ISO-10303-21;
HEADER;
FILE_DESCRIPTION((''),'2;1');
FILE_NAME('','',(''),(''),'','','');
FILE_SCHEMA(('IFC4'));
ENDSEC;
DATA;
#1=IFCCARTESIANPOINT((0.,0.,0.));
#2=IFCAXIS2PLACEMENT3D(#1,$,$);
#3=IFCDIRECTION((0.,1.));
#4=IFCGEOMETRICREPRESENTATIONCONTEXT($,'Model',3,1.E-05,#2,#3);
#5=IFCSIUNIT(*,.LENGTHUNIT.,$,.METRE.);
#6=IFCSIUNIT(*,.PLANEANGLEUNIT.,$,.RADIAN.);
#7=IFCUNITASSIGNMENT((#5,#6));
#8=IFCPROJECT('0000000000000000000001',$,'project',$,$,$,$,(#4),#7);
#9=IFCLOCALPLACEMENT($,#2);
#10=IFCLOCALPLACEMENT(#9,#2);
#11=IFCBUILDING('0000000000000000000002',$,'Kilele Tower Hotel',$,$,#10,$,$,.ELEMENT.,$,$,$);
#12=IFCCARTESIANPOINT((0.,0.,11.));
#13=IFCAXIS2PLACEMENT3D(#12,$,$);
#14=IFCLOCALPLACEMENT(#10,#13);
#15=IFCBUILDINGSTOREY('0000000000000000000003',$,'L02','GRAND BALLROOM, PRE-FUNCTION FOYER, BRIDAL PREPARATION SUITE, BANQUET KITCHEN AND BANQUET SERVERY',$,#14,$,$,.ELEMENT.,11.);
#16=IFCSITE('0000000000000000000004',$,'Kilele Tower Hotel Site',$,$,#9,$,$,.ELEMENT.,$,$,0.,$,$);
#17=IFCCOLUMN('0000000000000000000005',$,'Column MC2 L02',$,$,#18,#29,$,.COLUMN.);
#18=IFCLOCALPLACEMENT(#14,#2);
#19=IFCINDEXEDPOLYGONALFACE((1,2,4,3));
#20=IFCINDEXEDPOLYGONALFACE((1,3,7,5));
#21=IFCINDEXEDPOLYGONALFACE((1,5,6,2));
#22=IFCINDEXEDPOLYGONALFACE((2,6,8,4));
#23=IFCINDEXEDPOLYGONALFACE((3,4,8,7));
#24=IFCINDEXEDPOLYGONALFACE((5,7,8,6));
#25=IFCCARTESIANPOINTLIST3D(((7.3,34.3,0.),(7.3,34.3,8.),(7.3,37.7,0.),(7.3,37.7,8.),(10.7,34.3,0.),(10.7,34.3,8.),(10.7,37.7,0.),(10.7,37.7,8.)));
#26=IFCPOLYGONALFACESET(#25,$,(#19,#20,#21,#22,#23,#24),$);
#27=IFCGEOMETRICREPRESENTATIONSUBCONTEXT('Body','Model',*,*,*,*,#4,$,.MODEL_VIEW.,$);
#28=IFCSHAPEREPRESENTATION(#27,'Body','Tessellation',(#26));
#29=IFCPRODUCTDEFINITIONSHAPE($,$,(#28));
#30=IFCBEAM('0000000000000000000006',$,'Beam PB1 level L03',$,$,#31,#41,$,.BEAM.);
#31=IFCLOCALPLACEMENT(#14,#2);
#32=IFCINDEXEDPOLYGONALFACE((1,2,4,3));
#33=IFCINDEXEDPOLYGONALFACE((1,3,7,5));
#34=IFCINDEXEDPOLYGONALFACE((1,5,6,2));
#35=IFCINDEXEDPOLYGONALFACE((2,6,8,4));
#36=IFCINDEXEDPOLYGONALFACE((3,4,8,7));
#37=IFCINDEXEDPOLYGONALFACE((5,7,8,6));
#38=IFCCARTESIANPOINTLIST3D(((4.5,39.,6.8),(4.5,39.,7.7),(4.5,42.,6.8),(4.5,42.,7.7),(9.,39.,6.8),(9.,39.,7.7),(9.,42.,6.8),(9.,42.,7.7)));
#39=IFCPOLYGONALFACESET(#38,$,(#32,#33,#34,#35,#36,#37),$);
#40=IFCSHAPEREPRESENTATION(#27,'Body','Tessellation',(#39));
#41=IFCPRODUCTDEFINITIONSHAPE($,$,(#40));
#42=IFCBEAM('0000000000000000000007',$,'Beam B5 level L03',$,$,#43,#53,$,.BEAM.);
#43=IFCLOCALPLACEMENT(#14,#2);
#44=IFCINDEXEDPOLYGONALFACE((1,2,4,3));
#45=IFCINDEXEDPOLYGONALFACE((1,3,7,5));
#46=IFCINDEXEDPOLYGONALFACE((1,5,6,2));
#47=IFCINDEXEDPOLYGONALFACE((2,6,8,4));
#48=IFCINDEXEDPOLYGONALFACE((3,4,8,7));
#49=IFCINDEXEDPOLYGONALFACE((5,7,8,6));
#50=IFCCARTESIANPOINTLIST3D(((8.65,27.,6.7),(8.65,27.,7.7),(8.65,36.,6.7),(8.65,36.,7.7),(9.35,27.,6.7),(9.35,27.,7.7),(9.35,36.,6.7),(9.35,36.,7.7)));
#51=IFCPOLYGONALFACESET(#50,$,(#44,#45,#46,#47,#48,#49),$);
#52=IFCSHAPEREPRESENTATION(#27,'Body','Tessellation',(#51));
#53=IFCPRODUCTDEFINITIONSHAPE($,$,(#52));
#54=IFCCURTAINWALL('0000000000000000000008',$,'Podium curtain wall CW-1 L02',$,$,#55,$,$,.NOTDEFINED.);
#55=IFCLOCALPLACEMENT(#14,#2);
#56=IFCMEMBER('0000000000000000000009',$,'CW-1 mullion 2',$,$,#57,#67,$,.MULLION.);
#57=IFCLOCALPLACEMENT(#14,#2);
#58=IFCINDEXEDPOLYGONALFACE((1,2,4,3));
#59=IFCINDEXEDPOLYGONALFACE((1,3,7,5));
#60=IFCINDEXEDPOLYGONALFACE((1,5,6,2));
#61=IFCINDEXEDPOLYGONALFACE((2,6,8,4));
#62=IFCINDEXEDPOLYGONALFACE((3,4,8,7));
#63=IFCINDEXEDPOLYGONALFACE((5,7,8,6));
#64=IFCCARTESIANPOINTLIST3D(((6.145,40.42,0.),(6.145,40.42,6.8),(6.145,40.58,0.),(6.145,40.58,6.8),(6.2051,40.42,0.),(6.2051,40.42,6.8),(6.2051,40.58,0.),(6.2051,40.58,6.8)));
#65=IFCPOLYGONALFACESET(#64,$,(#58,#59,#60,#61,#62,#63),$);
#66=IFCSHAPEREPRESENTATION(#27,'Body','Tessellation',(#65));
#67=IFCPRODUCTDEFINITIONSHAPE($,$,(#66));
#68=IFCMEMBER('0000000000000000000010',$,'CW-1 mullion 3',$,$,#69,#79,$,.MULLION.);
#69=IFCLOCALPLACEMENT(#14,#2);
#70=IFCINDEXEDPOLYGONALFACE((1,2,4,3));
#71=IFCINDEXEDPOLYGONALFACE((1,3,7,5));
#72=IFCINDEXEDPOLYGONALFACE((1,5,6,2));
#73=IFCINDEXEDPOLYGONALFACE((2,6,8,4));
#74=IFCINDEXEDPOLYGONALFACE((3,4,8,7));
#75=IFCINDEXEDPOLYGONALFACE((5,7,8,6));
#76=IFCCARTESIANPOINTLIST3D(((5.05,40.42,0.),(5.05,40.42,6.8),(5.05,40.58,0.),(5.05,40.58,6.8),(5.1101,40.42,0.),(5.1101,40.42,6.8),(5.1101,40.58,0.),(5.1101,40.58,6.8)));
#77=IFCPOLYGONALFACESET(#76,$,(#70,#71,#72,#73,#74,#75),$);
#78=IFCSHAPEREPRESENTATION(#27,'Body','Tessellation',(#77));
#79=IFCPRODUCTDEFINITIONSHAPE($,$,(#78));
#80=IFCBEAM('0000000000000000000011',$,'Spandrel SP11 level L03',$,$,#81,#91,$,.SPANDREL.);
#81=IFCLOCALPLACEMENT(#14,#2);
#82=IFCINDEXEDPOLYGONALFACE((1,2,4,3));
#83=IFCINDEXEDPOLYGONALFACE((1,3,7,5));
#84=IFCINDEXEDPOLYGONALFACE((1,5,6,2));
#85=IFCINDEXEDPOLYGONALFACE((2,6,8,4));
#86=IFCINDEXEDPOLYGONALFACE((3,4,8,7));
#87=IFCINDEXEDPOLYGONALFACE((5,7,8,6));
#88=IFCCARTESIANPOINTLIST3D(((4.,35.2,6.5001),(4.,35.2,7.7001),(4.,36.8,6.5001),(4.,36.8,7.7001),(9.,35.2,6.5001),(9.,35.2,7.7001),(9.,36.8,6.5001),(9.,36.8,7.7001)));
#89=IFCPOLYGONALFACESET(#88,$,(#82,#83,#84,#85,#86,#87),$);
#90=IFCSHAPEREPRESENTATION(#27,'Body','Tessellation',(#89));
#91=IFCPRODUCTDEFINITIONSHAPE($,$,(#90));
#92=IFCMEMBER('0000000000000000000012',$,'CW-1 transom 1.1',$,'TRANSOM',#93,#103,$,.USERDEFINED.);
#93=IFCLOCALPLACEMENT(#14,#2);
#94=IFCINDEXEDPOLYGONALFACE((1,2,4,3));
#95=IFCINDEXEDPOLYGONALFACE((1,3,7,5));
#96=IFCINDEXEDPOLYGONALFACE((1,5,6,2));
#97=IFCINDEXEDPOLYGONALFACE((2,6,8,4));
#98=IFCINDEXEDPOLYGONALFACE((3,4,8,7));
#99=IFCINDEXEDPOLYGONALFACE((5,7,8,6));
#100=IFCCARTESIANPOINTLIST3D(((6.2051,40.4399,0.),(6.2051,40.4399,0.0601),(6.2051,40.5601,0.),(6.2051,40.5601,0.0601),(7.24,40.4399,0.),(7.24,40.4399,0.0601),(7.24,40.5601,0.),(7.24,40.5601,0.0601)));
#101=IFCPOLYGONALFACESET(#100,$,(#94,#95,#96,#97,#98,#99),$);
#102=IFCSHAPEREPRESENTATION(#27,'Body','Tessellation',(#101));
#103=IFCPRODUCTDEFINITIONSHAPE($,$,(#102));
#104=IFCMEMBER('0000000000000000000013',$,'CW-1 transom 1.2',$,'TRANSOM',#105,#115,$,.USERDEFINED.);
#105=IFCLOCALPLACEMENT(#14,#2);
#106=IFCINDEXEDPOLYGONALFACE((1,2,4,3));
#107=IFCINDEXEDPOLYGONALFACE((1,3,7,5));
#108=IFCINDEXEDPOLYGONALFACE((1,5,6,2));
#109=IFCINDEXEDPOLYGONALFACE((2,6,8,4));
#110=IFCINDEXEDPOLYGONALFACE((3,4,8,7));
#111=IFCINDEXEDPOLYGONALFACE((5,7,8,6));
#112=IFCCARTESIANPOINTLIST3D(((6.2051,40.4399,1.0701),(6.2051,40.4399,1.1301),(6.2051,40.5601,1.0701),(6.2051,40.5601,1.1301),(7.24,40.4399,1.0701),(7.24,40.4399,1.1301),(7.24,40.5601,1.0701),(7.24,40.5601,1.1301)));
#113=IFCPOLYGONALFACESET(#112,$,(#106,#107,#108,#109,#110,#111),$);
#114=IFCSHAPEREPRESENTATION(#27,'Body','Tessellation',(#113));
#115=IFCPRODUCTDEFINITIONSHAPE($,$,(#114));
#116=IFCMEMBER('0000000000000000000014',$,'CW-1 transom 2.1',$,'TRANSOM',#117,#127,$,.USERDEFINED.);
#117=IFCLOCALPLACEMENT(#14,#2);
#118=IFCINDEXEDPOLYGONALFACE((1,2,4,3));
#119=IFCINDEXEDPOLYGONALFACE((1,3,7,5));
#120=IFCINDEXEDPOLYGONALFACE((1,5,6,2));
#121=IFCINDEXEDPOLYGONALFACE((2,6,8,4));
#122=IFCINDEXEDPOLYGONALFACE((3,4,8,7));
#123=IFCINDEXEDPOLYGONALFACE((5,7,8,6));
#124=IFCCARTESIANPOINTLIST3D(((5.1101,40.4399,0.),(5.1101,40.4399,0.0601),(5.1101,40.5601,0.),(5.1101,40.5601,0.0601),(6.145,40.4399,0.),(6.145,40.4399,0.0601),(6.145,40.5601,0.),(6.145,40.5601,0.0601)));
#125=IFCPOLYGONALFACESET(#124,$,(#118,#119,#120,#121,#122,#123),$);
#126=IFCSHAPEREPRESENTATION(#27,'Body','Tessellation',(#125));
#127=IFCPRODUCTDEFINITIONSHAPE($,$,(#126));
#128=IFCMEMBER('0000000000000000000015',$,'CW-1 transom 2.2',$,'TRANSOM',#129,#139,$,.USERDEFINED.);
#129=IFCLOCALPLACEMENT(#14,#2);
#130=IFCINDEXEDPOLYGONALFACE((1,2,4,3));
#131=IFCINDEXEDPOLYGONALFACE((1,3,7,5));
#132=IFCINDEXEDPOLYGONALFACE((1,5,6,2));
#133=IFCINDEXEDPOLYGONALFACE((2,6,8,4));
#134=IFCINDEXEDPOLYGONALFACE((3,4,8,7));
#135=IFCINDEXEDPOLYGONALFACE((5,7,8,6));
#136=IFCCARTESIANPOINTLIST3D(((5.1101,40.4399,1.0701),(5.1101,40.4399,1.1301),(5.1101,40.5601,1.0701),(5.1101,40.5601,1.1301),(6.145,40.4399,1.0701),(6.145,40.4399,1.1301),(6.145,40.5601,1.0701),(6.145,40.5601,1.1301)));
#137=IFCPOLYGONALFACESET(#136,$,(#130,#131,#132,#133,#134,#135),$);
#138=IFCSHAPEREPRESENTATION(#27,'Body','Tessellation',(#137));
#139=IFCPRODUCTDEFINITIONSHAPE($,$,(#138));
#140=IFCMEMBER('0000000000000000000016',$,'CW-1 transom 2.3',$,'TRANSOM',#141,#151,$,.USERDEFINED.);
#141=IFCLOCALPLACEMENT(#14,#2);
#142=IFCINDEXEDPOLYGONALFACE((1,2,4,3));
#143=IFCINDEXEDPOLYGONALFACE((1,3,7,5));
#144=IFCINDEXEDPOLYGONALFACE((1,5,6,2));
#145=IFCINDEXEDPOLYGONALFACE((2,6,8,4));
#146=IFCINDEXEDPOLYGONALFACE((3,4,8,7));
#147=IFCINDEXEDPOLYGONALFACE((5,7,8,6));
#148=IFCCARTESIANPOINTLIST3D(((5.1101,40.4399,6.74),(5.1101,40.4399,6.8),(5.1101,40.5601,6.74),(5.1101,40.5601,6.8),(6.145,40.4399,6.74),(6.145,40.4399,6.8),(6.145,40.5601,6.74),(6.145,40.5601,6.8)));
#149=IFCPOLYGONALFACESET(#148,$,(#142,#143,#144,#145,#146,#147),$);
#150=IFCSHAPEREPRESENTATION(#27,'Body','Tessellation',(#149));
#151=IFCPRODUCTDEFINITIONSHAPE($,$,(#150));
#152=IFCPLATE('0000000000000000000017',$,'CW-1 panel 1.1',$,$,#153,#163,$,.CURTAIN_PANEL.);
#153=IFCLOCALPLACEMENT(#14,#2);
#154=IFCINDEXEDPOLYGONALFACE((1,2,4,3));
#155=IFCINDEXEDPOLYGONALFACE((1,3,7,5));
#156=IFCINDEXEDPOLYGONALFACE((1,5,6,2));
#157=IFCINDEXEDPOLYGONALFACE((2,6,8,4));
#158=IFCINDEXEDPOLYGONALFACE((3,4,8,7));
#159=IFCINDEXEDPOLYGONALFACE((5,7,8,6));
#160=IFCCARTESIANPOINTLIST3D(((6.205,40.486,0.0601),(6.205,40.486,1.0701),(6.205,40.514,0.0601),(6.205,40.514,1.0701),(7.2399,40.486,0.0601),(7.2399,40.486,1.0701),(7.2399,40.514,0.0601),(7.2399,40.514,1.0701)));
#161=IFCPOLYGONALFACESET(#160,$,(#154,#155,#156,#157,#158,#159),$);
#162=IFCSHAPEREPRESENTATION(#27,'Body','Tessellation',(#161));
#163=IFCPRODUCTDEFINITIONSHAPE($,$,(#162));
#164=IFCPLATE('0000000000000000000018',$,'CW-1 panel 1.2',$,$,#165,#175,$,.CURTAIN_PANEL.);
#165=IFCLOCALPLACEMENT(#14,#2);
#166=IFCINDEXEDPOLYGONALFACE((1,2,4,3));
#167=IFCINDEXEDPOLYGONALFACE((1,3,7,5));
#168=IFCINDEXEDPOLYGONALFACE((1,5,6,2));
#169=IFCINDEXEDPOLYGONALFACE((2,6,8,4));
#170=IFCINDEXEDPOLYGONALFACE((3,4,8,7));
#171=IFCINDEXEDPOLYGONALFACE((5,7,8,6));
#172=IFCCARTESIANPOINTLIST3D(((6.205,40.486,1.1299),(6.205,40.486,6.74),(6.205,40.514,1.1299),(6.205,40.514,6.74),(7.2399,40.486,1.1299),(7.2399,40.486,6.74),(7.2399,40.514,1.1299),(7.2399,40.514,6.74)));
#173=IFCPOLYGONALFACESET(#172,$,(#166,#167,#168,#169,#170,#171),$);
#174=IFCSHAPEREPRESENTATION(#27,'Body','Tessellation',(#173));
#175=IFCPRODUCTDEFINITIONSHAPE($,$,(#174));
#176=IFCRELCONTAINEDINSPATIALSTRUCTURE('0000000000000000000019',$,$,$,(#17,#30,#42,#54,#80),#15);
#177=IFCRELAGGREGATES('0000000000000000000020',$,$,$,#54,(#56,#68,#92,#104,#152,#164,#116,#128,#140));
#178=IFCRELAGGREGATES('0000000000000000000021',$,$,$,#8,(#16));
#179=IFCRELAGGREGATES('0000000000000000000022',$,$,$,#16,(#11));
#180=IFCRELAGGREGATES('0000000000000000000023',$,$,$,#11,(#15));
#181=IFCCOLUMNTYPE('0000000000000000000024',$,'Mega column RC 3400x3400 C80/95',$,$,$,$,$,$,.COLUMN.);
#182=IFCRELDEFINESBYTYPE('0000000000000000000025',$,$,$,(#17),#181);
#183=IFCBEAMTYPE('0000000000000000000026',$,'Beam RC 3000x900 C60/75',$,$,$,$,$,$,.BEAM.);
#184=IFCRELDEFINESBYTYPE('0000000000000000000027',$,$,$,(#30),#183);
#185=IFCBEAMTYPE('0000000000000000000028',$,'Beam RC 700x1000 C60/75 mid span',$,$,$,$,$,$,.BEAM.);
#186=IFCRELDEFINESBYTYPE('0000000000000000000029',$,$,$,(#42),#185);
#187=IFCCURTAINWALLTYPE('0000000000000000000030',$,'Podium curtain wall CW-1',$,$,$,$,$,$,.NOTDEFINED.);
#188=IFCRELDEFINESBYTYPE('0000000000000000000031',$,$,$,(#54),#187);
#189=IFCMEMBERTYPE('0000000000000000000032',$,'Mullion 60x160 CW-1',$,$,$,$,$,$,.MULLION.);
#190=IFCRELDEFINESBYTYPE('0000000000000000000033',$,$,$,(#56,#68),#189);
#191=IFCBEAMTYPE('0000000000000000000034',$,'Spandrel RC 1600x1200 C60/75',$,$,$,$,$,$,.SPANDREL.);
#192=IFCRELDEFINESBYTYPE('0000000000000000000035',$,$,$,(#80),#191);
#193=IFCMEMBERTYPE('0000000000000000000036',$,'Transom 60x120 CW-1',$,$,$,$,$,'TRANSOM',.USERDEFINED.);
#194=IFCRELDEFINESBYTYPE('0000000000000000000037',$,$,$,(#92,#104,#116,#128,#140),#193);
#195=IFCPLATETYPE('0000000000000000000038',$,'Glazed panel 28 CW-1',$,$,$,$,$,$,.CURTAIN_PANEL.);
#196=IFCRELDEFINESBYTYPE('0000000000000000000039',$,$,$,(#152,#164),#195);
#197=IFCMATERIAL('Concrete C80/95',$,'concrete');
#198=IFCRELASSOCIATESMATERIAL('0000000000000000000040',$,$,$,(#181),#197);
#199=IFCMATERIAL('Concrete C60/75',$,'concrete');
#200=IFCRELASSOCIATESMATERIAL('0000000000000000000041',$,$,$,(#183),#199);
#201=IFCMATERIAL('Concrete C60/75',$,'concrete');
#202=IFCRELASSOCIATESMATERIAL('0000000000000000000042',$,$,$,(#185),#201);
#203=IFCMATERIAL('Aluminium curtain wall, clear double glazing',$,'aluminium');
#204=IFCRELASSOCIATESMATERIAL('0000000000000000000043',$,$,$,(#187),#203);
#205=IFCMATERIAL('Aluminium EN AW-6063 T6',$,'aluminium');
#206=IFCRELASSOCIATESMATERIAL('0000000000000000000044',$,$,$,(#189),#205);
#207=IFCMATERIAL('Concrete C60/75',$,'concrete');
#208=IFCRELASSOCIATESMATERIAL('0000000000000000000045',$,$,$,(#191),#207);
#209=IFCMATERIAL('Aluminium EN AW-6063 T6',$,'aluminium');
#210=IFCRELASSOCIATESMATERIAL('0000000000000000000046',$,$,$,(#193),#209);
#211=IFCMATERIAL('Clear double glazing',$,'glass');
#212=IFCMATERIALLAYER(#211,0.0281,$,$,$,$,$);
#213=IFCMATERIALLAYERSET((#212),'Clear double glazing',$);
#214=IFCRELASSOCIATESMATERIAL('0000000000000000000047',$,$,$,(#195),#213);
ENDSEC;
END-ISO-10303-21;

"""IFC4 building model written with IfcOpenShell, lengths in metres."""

from ifc_helpers import new_model, si_unit, direction, frame, origin, origin_2d, place, context, subcontext, project, spatial, rectangle, extrude, material, layer, layer_set, material_profile, profile_set, type_object, element, aggregate, save


model = new_model("IFC4")

# Units and contexts
model_context = context("Model", 3, precision=1e-05, world=origin(), true_north=direction((0.0, 1.0)))
body_context = subcontext(model_context, "Body", "Model", "MODEL_VIEW")
ifc_project = project(units=[si_unit("LENGTHUNIT", "METRE"), si_unit("PLANEANGLEUNIT", "RADIAN")], contexts=[model_context])

# Site, building, storey
site_placement = place(None, origin())
site = spatial("IfcSite", under=ifc_project, at=site_placement, Name="Kilele Tower Hotel Site", CompositionType="ELEMENT", RefElevation=0.0)
building_placement = place(site_placement, origin())
building = spatial("IfcBuilding", under=site, at=building_placement, Name="Kilele Tower Hotel", CompositionType="ELEMENT")
storey_placement = place(building_placement, frame((0.0, 0.0, 11.0)))
storey = spatial("IfcBuildingStorey", under=building, at=storey_placement, Name="L02", Description="GRAND BALLROOM, PRE-FUNCTION FOYER, BRIDAL PREPARATION SUITE, BANQUET KITCHEN AND BANQUET SERVERY", CompositionType="ELEMENT", Elevation=11.0)

# Column
ifc_material_1 = material(Name="Concrete C80/95", Category="concrete")
ifc_material_profile_1 = material_profile(ifc_material_1, rectangle(XDim=3.3999, YDim=3.3999, at=origin_2d()))
ifc_profile_set_1 = profile_set([ifc_material_profile_1], Name="Concrete C80/95")
column_type = type_object("IfcColumnType", Name="Mega column RC 3400x3400 C80/95", PredefinedType="COLUMN", material=ifc_profile_set_1)
column_placement = place(storey_placement, frame((9.0, 36.0, 0.0), z_axis=(0.0, 0.0, 1.0), x_axis=(1.0, 0.0, 0.0)))
element("IfcColumn", 1, at=column_placement, inside=storey, type_object=column_type, Name="Column MC2 L02", PredefinedType="COLUMN", context=body_context, shape_type="SweptSolid", body=[
    extrude(rectangle(XDim=3.3999, YDim=3.3999, at=origin_2d()), origin(), (0.0, 0.0, 1.0), 8.0),
])

# Beams
ifc_material_2 = material(Name="Concrete C60/75", Category="concrete")
ifc_material_profile_2 = material_profile(ifc_material_2, rectangle(XDim=3.0, YDim=0.8999, at=origin_2d()))
ifc_profile_set_2 = profile_set([ifc_material_profile_2], Name="Concrete C60/75")
beam_type_1 = type_object("IfcBeamType", Name="Beam RC 3000x900 C60/75", PredefinedType="BEAM", material=ifc_profile_set_2)
beam_1_placement = place(storey_placement, frame((4.5, 40.5, 7.25), z_axis=(1.0, 0.0, 0.0), x_axis=(0.0, 1.0, 0.0)))
element("IfcBeam", 2, at=beam_1_placement, inside=storey, type_object=beam_type_1, Name="Beam PB1 level L03", PredefinedType="BEAM", context=body_context, shape_type="SweptSolid", body=[
    extrude(rectangle(XDim=3.0, YDim=0.8999, at=origin_2d()), origin(), (0.0, 0.0, 1.0), 4.5),
])
ifc_material_3 = material(Name="Concrete C60/75", Category="concrete")
ifc_material_profile_3 = material_profile(ifc_material_3, rectangle(XDim=0.7, YDim=1.0, at=origin_2d()))
ifc_profile_set_3 = profile_set([ifc_material_profile_3], Name="Concrete C60/75")
beam_type_2 = type_object("IfcBeamType", Name="Beam RC 700x1000 C60/75 mid span", PredefinedType="BEAM", material=ifc_profile_set_3)
beam_2_placement = place(storey_placement, frame((9.0, 36.0, 7.2), z_axis=(0.0, -1.0, 0.0), x_axis=(1.0, 0.0, 0.0)))
element("IfcBeam", 3, at=beam_2_placement, inside=storey, type_object=beam_type_2, Name="Beam B5 level L03", PredefinedType="BEAM", context=body_context, shape_type="SweptSolid", body=[
    extrude(rectangle(XDim=0.7, YDim=1.0, at=origin_2d()), origin(), (0.0, 0.0, 1.0), 9.0),
])

# Curtain wall, members
ifc_material_4 = material(Name="Aluminium curtain wall, clear double glazing", Category="aluminium")
curtain_wall_type = type_object("IfcCurtainWallType", Name="Podium curtain wall CW-1", PredefinedType="NOTDEFINED", material=ifc_material_4)
curtain_wall_placement = place(storey_placement, origin())
curtain_wall = element("IfcCurtainWall", 4, at=curtain_wall_placement, inside=storey, type_object=curtain_wall_type, Name="Podium curtain wall CW-1 L02", PredefinedType="NOTDEFINED")
ifc_material_5 = material(Name="Aluminium EN AW-6063 T6", Category="aluminium")
ifc_material_profile_4 = material_profile(ifc_material_5, rectangle(XDim=0.1599, YDim=0.0601, at=origin_2d()))
ifc_profile_set_4 = profile_set([ifc_material_profile_4], Name="Aluminium EN AW-6063 T6")
member_type_1 = type_object("IfcMemberType", Name="Mullion 60x160 CW-1", PredefinedType="MULLION", material=ifc_profile_set_4)
member_1_placement = place(storey_placement, frame((6.175, 40.5, 0.0), z_axis=(0.0, 0.0, 1.0), x_axis=(0.0, -1.0, 0.0)))
member_1 = element("IfcMember", 5, at=member_1_placement, type_object=member_type_1, Name="CW-1 mullion 2", PredefinedType="MULLION", context=body_context, shape_type="SweptSolid", body=[
    extrude(rectangle(XDim=0.1599, YDim=0.0601, at=origin_2d()), origin(), (0.0, 0.0, 1.0), 6.8),
])
member_2_placement = place(storey_placement, frame((5.0801, 40.5, 0.0), z_axis=(0.0, 0.0, 1.0), x_axis=(0.0, -1.0, 0.0)))
member_2 = element("IfcMember", 6, at=member_2_placement, type_object=member_type_1, Name="CW-1 mullion 3", PredefinedType="MULLION", context=body_context, shape_type="SweptSolid", body=[
    extrude(rectangle(XDim=0.1599, YDim=0.0601, at=origin_2d()), origin(), (0.0, 0.0, 1.0), 6.8),
])

# Beam
ifc_material_6 = material(Name="Concrete C60/75", Category="concrete")
ifc_material_profile_5 = material_profile(ifc_material_6, rectangle(XDim=1.6001, YDim=1.2, at=origin_2d()))
ifc_profile_set_5 = profile_set([ifc_material_profile_5], Name="Concrete C60/75")
beam_type_3 = type_object("IfcBeamType", Name="Spandrel RC 1600x1200 C60/75", PredefinedType="SPANDREL", material=ifc_profile_set_5)
beam_3_placement = place(storey_placement, frame((9.0, 36.0, 7.1001), z_axis=(-1.0, 0.0, 0.0), x_axis=(0.0, -1.0, 0.0)))
element("IfcBeam", 7, at=beam_3_placement, inside=storey, type_object=beam_type_3, Name="Spandrel SP11 level L03", PredefinedType="SPANDREL", context=body_context, shape_type="SweptSolid", body=[
    extrude(rectangle(XDim=1.6001, YDim=1.2, at=origin_2d()), origin(), (0.0, 0.0, 1.0), 5.0),
])

# Members
ifc_material_7 = material(Name="Aluminium EN AW-6063 T6", Category="aluminium")
ifc_material_profile_6 = material_profile(ifc_material_7, rectangle(XDim=0.1201, YDim=0.0601, at=origin_2d()))
ifc_profile_set_6 = profile_set([ifc_material_profile_6], Name="Aluminium EN AW-6063 T6")
member_type_2 = type_object("IfcMemberType", Name="Transom 60x120 CW-1", ElementType="TRANSOM", PredefinedType="USERDEFINED", material=ifc_profile_set_6)
member_3_placement = place(storey_placement, frame((7.24, 40.5, 0.03), z_axis=(-1.0, 0.0, 0.0), x_axis=(0.0, -1.0, 0.0)))
member_3 = element("IfcMember", 8, at=member_3_placement, type_object=member_type_2, Name="CW-1 transom 1.1", ObjectType="TRANSOM", PredefinedType="USERDEFINED", context=body_context, shape_type="SweptSolid", body=[
    extrude(rectangle(XDim=0.1201, YDim=0.0601, at=origin_2d()), origin(), (0.0, 0.0, 1.0), 1.0349),
])
member_4_placement = place(storey_placement, frame((7.24, 40.5, 1.1001), z_axis=(-1.0, 0.0, 0.0), x_axis=(0.0, -1.0, 0.0)))
member_4 = element("IfcMember", 9, at=member_4_placement, type_object=member_type_2, Name="CW-1 transom 1.2", ObjectType="TRANSOM", PredefinedType="USERDEFINED", context=body_context, shape_type="SweptSolid", body=[
    extrude(rectangle(XDim=0.1201, YDim=0.0601, at=origin_2d()), origin(), (0.0, 0.0, 1.0), 1.0349),
])
member_5_placement = place(storey_placement, frame((6.145, 40.5, 0.03), z_axis=(-1.0, 0.0, 0.0), x_axis=(0.0, -1.0, 0.0)))
member_5 = element("IfcMember", 10, at=member_5_placement, type_object=member_type_2, Name="CW-1 transom 2.1", ObjectType="TRANSOM", PredefinedType="USERDEFINED", context=body_context, shape_type="SweptSolid", body=[
    extrude(rectangle(XDim=0.1201, YDim=0.0601, at=origin_2d()), origin(), (0.0, 0.0, 1.0), 1.0349),
])
member_6_placement = place(storey_placement, frame((6.145, 40.5, 1.1001), z_axis=(-1.0, 0.0, 0.0), x_axis=(0.0, -1.0, 0.0)))
member_6 = element("IfcMember", 11, at=member_6_placement, type_object=member_type_2, Name="CW-1 transom 2.2", ObjectType="TRANSOM", PredefinedType="USERDEFINED", context=body_context, shape_type="SweptSolid", body=[
    extrude(rectangle(XDim=0.1201, YDim=0.0601, at=origin_2d()), origin(), (0.0, 0.0, 1.0), 1.0349),
])
member_7_placement = place(storey_placement, frame((6.145, 40.5, 6.77), z_axis=(-1.0, 0.0, 0.0), x_axis=(0.0, -1.0, 0.0)))
member_7 = element("IfcMember", 12, at=member_7_placement, type_object=member_type_2, Name="CW-1 transom 2.3", ObjectType="TRANSOM", PredefinedType="USERDEFINED", context=body_context, shape_type="SweptSolid", body=[
    extrude(rectangle(XDim=0.1201, YDim=0.0601, at=origin_2d()), origin(), (0.0, 0.0, 1.0), 1.0349),
])

# Plates
ifc_material_8 = material(Name="Clear double glazing", Category="glass")
ifc_layer_1 = layer(ifc_material_8, 0.0281)
ifc_layer_set_1 = layer_set([ifc_layer_1], Name="Clear double glazing")
plate_type = type_object("IfcPlateType", Name="Glazed panel 28 CW-1", PredefinedType="CURTAIN_PANEL", material=ifc_layer_set_1)
plate_1_placement = place(storey_placement, frame((6.7224, 40.5, 0.0601), z_axis=(0.0, 0.0, 1.0), x_axis=(-1.0, 0.0, 0.0)))
plate_1 = element("IfcPlate", 13, at=plate_1_placement, type_object=plate_type, Name="CW-1 panel 1.1", PredefinedType="CURTAIN_PANEL", context=body_context, shape_type="SweptSolid", body=[
    extrude(rectangle(XDim=1.0349, YDim=0.0281, at=origin_2d()), origin(), (0.0, 0.0, 1.0), 1.01),
])
plate_2_placement = place(storey_placement, frame((6.7224, 40.5, 1.1299), z_axis=(0.0, 0.0, 1.0), x_axis=(-1.0, 0.0, 0.0)))
plate_2 = element("IfcPlate", 14, at=plate_2_placement, type_object=plate_type, Name="CW-1 panel 1.2", PredefinedType="CURTAIN_PANEL", context=body_context, shape_type="SweptSolid", body=[
    extrude(rectangle(XDim=1.0349, YDim=0.0281, at=origin_2d()), origin(), (0.0, 0.0, 1.0), 5.6101),
])
aggregate(curtain_wall, [member_1, member_2, member_3, member_4, plate_1, plate_2, member_5, member_6, member_7])

save(model, "model.ifc")
